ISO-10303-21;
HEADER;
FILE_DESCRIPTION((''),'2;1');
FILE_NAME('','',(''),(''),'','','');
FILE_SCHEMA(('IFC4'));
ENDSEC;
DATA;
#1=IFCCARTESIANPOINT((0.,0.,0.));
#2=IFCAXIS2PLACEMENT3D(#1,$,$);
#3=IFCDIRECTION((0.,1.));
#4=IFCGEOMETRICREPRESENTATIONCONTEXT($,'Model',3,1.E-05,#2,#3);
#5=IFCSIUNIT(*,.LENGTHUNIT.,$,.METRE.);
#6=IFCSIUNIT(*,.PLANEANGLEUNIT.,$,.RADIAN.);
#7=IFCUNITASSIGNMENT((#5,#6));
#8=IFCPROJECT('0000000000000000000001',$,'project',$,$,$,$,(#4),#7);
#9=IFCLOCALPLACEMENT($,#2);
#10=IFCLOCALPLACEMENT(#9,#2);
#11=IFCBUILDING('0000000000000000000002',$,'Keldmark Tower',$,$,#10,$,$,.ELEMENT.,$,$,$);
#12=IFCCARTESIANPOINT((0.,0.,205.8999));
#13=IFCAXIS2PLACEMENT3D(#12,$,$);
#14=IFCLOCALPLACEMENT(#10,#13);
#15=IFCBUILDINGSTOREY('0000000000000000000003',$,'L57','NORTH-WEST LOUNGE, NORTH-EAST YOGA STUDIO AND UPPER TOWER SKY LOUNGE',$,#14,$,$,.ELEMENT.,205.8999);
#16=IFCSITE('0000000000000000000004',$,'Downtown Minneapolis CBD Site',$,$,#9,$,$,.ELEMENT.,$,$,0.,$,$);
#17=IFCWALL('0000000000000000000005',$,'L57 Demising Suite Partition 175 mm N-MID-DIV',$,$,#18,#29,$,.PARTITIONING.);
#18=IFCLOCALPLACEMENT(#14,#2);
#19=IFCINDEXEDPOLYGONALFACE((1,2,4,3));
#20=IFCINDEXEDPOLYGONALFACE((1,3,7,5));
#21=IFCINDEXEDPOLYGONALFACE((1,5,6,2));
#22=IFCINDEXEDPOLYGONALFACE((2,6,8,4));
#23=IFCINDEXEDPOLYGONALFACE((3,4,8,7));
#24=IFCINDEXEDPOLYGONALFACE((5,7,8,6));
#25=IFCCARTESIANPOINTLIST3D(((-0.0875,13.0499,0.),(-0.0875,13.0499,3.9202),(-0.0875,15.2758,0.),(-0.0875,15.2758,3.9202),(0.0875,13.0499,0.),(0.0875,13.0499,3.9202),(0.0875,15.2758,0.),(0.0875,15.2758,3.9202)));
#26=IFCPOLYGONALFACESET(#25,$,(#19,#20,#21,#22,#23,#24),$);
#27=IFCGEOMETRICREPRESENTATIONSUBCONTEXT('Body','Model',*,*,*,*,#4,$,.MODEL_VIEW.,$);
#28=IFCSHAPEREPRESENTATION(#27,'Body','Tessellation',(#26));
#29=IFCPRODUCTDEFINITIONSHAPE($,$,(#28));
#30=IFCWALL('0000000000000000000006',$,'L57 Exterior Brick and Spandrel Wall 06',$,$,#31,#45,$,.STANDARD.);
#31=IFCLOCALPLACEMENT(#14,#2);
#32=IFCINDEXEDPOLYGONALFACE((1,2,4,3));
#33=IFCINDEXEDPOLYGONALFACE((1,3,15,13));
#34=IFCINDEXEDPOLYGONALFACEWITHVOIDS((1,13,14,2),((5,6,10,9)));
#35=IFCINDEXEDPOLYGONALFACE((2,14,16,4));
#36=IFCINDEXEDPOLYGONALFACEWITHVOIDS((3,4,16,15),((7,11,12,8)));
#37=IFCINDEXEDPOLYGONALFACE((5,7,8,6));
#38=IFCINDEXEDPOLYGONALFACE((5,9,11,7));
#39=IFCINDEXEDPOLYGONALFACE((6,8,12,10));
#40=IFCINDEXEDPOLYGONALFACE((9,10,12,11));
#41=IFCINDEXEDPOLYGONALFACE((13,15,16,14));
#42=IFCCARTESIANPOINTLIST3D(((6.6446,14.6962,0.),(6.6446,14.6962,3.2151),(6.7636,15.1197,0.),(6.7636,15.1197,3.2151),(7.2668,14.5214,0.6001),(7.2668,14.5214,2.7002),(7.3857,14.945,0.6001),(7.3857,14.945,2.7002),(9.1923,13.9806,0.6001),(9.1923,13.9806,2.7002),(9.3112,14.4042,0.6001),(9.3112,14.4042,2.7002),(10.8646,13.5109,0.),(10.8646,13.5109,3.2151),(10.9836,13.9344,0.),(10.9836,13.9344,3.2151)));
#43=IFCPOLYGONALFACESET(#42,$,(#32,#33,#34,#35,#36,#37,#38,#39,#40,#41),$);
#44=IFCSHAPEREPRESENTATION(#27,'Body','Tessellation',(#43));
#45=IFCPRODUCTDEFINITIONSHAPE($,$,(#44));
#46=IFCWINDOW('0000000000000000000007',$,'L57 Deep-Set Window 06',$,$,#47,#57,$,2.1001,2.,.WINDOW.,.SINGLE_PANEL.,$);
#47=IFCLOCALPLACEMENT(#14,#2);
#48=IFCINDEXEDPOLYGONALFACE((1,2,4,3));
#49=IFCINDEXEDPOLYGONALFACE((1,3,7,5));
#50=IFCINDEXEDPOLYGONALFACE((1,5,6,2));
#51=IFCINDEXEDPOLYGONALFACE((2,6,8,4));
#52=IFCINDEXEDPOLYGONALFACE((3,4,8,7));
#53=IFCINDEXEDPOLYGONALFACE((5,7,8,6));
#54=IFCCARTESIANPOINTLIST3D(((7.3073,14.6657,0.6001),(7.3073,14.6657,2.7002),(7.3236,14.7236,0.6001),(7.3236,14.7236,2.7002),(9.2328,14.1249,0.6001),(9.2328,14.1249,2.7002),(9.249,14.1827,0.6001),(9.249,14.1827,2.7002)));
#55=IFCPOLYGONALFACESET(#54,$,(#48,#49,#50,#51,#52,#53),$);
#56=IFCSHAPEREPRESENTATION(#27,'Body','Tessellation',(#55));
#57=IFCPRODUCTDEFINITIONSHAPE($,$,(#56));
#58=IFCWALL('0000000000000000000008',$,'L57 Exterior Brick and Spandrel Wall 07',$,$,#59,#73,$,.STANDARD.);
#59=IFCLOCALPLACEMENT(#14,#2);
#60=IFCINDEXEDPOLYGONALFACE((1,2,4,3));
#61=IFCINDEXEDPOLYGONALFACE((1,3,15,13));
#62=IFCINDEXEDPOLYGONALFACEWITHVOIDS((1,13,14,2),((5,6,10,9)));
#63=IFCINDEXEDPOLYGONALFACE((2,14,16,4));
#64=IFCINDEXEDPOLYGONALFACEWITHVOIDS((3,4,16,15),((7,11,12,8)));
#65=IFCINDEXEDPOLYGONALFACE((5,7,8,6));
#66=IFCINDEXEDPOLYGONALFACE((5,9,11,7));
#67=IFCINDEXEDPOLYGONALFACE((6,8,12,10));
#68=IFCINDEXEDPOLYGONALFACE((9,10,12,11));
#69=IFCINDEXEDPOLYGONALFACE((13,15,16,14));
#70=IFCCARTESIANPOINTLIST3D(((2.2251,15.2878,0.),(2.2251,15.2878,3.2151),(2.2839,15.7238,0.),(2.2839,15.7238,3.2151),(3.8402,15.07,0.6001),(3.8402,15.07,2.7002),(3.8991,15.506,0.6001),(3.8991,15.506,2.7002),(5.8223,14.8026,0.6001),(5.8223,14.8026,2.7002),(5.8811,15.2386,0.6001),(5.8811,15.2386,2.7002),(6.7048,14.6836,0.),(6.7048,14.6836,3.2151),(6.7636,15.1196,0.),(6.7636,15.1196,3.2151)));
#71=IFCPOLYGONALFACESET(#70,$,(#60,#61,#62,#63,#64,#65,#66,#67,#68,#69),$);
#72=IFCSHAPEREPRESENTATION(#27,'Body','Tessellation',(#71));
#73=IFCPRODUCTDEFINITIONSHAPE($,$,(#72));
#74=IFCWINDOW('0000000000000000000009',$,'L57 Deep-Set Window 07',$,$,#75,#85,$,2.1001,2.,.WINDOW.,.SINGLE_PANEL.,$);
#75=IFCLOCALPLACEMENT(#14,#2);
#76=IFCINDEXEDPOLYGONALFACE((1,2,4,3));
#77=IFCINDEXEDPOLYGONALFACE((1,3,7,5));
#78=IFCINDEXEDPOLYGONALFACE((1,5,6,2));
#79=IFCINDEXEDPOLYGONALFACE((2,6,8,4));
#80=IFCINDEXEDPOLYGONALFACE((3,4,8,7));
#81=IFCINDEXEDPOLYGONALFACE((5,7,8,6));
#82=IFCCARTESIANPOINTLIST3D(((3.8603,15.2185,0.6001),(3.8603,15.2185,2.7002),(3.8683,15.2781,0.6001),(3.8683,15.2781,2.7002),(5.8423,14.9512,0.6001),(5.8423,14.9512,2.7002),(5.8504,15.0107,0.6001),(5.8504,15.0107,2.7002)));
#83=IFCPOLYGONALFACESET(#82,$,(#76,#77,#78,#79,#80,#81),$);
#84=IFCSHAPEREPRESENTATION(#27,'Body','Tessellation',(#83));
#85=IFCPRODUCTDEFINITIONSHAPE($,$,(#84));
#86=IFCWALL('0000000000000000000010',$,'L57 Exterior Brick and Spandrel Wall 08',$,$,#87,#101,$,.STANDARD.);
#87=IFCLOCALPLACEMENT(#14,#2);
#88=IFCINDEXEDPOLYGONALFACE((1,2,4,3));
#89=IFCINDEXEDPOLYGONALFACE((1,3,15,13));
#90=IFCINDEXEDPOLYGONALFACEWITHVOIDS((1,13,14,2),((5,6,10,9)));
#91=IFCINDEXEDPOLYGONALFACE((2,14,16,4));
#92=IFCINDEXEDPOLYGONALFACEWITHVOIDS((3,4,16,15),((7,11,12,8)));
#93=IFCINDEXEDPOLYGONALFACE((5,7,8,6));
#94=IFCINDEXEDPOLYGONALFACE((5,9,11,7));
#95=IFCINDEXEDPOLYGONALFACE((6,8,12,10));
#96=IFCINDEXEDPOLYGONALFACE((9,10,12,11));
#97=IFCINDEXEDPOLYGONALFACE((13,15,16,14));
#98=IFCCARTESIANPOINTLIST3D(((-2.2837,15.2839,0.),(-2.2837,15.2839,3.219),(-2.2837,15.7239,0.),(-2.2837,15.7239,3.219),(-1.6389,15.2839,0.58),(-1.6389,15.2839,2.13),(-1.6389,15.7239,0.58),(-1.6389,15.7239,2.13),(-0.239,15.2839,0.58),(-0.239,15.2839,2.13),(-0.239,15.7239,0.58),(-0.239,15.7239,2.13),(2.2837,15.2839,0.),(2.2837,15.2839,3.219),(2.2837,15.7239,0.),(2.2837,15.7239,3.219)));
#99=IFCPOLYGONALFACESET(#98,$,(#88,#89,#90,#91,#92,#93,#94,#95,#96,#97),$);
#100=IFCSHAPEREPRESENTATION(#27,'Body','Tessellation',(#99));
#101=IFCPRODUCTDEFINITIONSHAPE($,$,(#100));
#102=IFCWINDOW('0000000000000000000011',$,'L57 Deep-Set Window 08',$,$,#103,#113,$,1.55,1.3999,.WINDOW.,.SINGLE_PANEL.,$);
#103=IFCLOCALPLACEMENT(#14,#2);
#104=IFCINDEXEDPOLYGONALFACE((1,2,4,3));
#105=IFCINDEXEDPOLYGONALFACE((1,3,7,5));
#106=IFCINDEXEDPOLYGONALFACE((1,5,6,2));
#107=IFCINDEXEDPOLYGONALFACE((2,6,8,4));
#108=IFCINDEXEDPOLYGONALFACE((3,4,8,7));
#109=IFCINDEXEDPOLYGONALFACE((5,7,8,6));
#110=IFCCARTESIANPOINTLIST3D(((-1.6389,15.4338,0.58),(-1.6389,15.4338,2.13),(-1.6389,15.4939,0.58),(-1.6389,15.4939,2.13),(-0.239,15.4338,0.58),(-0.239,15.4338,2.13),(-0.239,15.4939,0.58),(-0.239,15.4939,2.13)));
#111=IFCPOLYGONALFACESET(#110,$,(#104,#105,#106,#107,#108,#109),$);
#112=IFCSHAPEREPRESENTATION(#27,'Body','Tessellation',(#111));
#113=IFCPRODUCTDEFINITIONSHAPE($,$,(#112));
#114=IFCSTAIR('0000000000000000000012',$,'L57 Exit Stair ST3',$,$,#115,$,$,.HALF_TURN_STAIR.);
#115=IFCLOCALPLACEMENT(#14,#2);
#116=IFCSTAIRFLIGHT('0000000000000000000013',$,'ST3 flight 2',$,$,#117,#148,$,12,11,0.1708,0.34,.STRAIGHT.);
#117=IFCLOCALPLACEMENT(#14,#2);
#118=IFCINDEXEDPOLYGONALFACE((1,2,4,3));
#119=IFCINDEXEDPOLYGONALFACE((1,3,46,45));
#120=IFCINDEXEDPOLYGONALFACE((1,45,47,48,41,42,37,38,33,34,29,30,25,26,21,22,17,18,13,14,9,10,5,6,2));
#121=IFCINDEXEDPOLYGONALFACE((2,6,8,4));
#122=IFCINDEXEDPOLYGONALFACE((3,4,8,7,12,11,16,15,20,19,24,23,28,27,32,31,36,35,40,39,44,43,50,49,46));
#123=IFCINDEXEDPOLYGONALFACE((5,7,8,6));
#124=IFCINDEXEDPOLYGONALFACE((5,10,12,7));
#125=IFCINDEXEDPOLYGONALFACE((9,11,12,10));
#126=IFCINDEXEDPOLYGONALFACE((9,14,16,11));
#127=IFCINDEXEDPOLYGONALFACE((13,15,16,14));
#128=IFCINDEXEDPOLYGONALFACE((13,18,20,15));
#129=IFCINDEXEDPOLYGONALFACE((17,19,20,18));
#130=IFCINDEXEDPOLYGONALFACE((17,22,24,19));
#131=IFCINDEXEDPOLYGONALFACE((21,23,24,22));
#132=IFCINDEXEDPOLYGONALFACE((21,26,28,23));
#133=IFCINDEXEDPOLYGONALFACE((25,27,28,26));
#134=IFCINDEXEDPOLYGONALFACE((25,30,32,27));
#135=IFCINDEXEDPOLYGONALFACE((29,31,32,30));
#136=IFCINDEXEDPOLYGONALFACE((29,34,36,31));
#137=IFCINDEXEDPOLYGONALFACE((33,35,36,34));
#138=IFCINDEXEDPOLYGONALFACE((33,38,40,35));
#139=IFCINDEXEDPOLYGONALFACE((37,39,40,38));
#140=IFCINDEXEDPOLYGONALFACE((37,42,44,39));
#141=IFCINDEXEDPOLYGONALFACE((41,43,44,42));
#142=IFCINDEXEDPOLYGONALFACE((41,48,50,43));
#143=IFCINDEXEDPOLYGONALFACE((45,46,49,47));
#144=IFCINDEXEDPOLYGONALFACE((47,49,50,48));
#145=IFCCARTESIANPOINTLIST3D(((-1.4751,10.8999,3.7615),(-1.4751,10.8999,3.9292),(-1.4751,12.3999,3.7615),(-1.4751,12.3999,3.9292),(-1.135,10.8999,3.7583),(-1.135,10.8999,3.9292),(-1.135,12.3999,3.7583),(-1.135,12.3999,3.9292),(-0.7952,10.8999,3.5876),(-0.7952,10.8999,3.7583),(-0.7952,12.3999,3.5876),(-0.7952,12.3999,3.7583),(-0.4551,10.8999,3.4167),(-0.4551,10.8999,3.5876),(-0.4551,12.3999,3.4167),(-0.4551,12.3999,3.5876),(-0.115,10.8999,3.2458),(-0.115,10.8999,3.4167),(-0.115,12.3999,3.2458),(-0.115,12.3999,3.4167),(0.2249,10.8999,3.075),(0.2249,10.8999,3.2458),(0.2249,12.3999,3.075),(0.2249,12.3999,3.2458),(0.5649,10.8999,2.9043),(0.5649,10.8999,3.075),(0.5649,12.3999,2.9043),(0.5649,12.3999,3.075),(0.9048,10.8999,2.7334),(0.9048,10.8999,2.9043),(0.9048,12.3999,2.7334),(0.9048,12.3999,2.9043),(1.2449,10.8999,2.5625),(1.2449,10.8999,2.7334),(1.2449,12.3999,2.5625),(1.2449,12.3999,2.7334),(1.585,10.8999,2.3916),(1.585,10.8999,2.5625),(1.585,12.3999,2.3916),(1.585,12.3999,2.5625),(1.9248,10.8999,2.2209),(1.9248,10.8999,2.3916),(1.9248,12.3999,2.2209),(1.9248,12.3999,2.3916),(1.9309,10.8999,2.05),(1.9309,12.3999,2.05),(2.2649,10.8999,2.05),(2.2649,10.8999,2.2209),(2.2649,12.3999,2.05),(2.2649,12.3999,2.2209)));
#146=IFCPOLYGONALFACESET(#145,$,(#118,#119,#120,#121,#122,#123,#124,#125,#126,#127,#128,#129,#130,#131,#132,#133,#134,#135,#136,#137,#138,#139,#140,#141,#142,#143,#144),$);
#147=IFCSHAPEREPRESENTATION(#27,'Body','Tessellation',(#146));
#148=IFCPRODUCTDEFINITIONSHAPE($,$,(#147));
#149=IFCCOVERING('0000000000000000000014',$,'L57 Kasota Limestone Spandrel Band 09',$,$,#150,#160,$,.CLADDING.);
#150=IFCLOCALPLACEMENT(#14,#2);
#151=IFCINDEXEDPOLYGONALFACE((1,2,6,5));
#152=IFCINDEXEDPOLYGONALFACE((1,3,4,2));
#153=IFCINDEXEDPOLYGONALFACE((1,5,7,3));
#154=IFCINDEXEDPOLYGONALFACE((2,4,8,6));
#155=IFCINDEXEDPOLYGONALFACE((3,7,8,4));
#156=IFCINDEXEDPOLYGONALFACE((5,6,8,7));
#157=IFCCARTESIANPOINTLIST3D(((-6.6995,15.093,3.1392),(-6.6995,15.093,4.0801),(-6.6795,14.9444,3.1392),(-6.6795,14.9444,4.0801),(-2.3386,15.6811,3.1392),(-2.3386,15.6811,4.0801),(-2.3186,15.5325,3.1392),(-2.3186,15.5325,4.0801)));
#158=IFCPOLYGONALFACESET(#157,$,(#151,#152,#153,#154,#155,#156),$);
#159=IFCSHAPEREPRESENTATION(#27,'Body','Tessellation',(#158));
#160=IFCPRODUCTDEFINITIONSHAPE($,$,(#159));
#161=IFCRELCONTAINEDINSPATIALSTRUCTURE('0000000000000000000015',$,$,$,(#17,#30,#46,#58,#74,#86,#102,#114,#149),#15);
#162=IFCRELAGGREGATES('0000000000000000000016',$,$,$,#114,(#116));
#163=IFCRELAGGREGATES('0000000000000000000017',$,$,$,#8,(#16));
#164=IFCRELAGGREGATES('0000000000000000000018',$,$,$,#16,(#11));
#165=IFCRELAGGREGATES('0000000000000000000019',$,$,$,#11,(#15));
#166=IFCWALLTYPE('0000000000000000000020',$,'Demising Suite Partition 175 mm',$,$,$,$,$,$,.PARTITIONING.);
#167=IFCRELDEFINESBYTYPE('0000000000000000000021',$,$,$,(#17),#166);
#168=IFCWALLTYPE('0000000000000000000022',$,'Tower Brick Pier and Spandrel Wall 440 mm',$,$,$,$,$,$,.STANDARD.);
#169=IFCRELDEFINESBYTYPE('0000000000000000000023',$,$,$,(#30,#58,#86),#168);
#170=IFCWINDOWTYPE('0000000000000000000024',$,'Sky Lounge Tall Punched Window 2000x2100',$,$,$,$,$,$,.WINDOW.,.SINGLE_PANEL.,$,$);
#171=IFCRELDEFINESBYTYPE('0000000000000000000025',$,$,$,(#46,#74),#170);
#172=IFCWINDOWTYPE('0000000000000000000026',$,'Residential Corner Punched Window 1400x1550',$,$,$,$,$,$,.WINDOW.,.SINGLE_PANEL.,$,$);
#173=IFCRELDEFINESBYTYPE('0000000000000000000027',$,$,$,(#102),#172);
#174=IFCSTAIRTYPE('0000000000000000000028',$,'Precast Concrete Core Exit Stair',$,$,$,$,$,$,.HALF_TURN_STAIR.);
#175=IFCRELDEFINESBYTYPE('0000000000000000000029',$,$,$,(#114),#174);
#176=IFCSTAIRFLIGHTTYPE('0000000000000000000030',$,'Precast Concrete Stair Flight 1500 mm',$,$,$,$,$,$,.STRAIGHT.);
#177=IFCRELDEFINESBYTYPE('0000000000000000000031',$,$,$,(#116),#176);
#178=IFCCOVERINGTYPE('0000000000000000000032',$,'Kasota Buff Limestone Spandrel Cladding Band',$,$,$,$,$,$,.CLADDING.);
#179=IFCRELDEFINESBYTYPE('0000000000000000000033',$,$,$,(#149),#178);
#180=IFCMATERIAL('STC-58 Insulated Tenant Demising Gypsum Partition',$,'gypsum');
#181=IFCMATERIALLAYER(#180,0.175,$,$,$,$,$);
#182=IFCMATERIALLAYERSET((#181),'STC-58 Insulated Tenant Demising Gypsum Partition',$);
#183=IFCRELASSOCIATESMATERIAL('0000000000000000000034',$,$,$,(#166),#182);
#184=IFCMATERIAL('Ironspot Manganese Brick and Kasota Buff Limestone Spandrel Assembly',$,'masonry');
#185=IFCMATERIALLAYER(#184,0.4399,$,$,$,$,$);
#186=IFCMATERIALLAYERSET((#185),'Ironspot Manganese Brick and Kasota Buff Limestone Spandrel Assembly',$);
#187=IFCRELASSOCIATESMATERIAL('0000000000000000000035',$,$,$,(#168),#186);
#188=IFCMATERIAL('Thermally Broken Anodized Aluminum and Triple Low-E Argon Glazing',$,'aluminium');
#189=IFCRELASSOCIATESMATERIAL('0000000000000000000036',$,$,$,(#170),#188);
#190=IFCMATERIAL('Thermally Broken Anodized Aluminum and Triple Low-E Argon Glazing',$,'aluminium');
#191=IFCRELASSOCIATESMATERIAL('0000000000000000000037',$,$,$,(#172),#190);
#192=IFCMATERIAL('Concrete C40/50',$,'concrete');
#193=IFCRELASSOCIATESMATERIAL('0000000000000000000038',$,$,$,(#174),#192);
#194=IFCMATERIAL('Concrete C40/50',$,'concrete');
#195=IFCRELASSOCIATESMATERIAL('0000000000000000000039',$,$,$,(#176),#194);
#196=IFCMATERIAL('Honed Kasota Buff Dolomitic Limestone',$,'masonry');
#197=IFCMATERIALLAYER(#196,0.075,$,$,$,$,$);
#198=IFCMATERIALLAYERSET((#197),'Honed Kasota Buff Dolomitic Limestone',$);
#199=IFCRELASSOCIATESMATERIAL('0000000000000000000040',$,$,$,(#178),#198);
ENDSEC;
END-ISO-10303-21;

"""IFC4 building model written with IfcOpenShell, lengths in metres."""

from ifc_helpers import new_model, si_unit, direction, frame, frame_2d, origin, origin_2d, place, context, subcontext, project, spatial, polyline, rectangle, outline, extrude, material, layer, layer_set, type_object, element, fill, aggregate, save


model = new_model("IFC4")

# Units and contexts
model_context = context("Model", 3, precision=1e-05, world=origin(), true_north=direction((0.0, 1.0)))
body_context = subcontext(model_context, "Body", "Model", "MODEL_VIEW")
ifc_project = project(units=[si_unit("LENGTHUNIT", "METRE"), si_unit("PLANEANGLEUNIT", "RADIAN")], contexts=[model_context])

# Site, building, storey
site_placement = place(None, origin())
site = spatial("IfcSite", under=ifc_project, at=site_placement, Name="Downtown Minneapolis CBD Site", CompositionType="ELEMENT", RefElevation=0.0)
building_placement = place(site_placement, origin())
building = spatial("IfcBuilding", under=site, at=building_placement, Name="Keldmark Tower", CompositionType="ELEMENT")
storey_placement = place(building_placement, frame((0.0, 0.0, 205.8999)))
storey = spatial("IfcBuildingStorey", under=building, at=storey_placement, Name="L57", Description="NORTH-WEST LOUNGE, NORTH-EAST YOGA STUDIO AND UPPER TOWER SKY LOUNGE", CompositionType="ELEMENT", Elevation=205.8999)

# Wall
ifc_material_1 = material(Name="STC-58 Insulated Tenant Demising Gypsum Partition", Category="gypsum")
ifc_layer_1 = layer(ifc_material_1, 0.175)
ifc_layer_set_1 = layer_set([ifc_layer_1], Name="STC-58 Insulated Tenant Demising Gypsum Partition")
wall_type_1 = type_object("IfcWallType", Name="Demising Suite Partition 175 mm", PredefinedType="PARTITIONING", material=ifc_layer_set_1)
wall_1_placement = place(storey_placement, frame((0.0, 13.05, 0.0), z_axis=(0.0, 0.0, 1.0), x_axis=(0.0, 1.0, 0.0)))
element("IfcWall", 1, at=wall_1_placement, inside=storey, type_object=wall_type_1, Name="L57 Demising Suite Partition 175 mm N-MID-DIV", PredefinedType="PARTITIONING", context=body_context, shape_type="SweptSolid", body=[
    extrude(rectangle(XDim=2.2258, YDim=0.175, at=frame_2d((1.1128, 0.0))), origin(), (0.0, 0.0, 1.0), 3.9202),
])

# Walls, openings, windows
ifc_material_2 = material(Name="Ironspot Manganese Brick and Kasota Buff Limestone Spandrel Assembly", Category="masonry")
ifc_layer_2 = layer(ifc_material_2, 0.4399)
ifc_layer_set_2 = layer_set([ifc_layer_2], Name="Ironspot Manganese Brick and Kasota Buff Limestone Spandrel Assembly")
wall_type_2 = type_object("IfcWallType", Name="Tower Brick Pier and Spandrel Wall 440 mm", PredefinedType="STANDARD", material=ifc_layer_set_2)
wall_2_placement = place(storey_placement, frame((6.7041, 14.908, 0.0), z_axis=(0.0, 0.0, 1.0), x_axis=(0.962744, -0.270415, 0.0)))
wall_2 = element("IfcWall", 2, at=wall_2_placement, inside=storey, type_object=wall_type_2, Name="L57 Exterior Brick and Spandrel Wall 06", PredefinedType="STANDARD", context=body_context, shape_type="SweptSolid", body=[
    extrude(rectangle(XDim=4.3833, YDim=0.4399, at=frame_2d((2.1917, 0.0))), origin(), (0.0, 0.0, 1.0), 3.2151),
])
opening_1_placement = place(wall_2_placement, frame((0.6462, 0.0, 0.6001)))
opening_1 = element("IfcOpeningElement", 3, at=opening_1_placement, cuts=wall_2, PredefinedType="OPENING", context=body_context, shape_type="SweptSolid", body=[
    extrude(rectangle(XDim=2.0, YDim=2.1001, at=frame_2d((1.0, 1.05))), frame((0.0, 0.23, 0.0), z_axis=(0.0, -1.0, 0.0), x_axis=(1.0, 0.0, 0.0)), (0.0, 0.0, 1.0), 0.46),
])
ifc_material_3 = material(Name="Thermally Broken Anodized Aluminum and Triple Low-E Argon Glazing", Category="aluminium")
window_type_1 = type_object("IfcWindowType", Name="Sky Lounge Tall Punched Window 2000x2100", PartitioningType="SINGLE_PANEL", PredefinedType="WINDOW", material=ifc_material_3)
window_1_placement = place(opening_1_placement, origin())
window_1 = element("IfcWindow", 4, at=window_1_placement, inside=storey, type_object=window_type_1, Name="L57 Deep-Set Window 06", OverallHeight=2.1001, OverallWidth=2.0, PartitioningType="SINGLE_PANEL", PredefinedType="WINDOW", context=body_context, shape_type="SweptSolid", body=[
    extrude(rectangle(XDim=2.0, YDim=2.1001, at=frame_2d((1.0, 1.05))), frame((0.0, -0.01, 0.0), z_axis=(0.0, -1.0, 0.0), x_axis=(1.0, 0.0, 0.0)), (0.0, 0.0, 1.0), 0.0601),
])
fill(opening_1, window_1)
wall_3_placement = place(storey_placement, frame((2.2544, 15.5059, 0.0), z_axis=(0.0, 0.0, 1.0), x_axis=(0.991025, -0.133674, 0.0)))
wall_3 = element("IfcWall", 5, at=wall_3_placement, inside=storey, type_object=wall_type_2, Name="L57 Exterior Brick and Spandrel Wall 07", PredefinedType="STANDARD", context=body_context, shape_type="SweptSolid", body=[
    extrude(rectangle(XDim=4.5203, YDim=0.4399, at=frame_2d((2.2603, 0.0))), origin(), (0.0, 0.0, 1.0), 3.2151),
])
opening_2_placement = place(wall_3_placement, frame((1.6299, 0.0, 0.6001)))
opening_2 = element("IfcOpeningElement", 6, at=opening_2_placement, cuts=wall_3, PredefinedType="OPENING", context=body_context, shape_type="SweptSolid", body=[
    extrude(rectangle(XDim=2.0, YDim=2.1001, at=frame_2d((1.0, 1.05))), frame((0.0, 0.23, 0.0), z_axis=(0.0, -1.0, 0.0), x_axis=(1.0, 0.0, 0.0)), (0.0, 0.0, 1.0), 0.46),
])
window_2_placement = place(opening_2_placement, origin())
window_2 = element("IfcWindow", 7, at=window_2_placement, inside=storey, type_object=window_type_1, Name="L57 Deep-Set Window 07", OverallHeight=2.1001, OverallWidth=2.0, PartitioningType="SINGLE_PANEL", PredefinedType="WINDOW", context=body_context, shape_type="SweptSolid", body=[
    extrude(rectangle(XDim=2.0, YDim=2.1001, at=frame_2d((1.0, 1.05))), frame((0.0, -0.01, 0.0), z_axis=(0.0, -1.0, 0.0), x_axis=(1.0, 0.0, 0.0)), (0.0, 0.0, 1.0), 0.0601),
])
fill(opening_2, window_2)
wall_4_placement = place(storey_placement, frame((-2.2837, 15.5039, 0.0), z_axis=(0.0, 0.0, 1.0), x_axis=(1.0, 0.0, 0.0)))
wall_4 = element("IfcWall", 8, at=wall_4_placement, inside=storey, type_object=wall_type_2, Name="L57 Exterior Brick and Spandrel Wall 08", PredefinedType="STANDARD", context=body_context, shape_type="SweptSolid", body=[
    extrude(rectangle(XDim=4.5674, YDim=0.4399, at=frame_2d((2.2837, 0.0))), origin(), (0.0, 0.0, 1.0), 3.219),
])
opening_3_placement = place(wall_4_placement, frame((0.6448, 0.0, 0.5801)))
opening_3 = element("IfcOpeningElement", 9, at=opening_3_placement, cuts=wall_4, PredefinedType="OPENING", context=body_context, shape_type="SweptSolid", body=[
    extrude(rectangle(XDim=1.3999, YDim=1.55, at=frame_2d((0.7, 0.7749))), frame((0.0, 0.23, 0.0), z_axis=(0.0, -1.0, 0.0), x_axis=(1.0, 0.0, 0.0)), (0.0, 0.0, 1.0), 0.46),
])
ifc_material_4 = material(Name="Thermally Broken Anodized Aluminum and Triple Low-E Argon Glazing", Category="aluminium")
window_type_2 = type_object("IfcWindowType", Name="Residential Corner Punched Window 1400x1550", PartitioningType="SINGLE_PANEL", PredefinedType="WINDOW", material=ifc_material_4)
window_3_placement = place(opening_3_placement, origin())
window_3 = element("IfcWindow", 10, at=window_3_placement, inside=storey, type_object=window_type_2, Name="L57 Deep-Set Window 08", OverallHeight=1.55, OverallWidth=1.3999, PartitioningType="SINGLE_PANEL", PredefinedType="WINDOW", context=body_context, shape_type="SweptSolid", body=[
    extrude(rectangle(XDim=1.3999, YDim=1.55, at=frame_2d((0.7, 0.7749))), frame((0.0, -0.01, 0.0), z_axis=(0.0, -1.0, 0.0), x_axis=(1.0, 0.0, 0.0)), (0.0, 0.0, 1.0), 0.0601),
])
fill(opening_3, window_3)

# Stair, stair flight
ifc_material_5 = material(Name="Concrete C40/50", Category="concrete")
stair_type = type_object("IfcStairType", Name="Precast Concrete Core Exit Stair", PredefinedType="HALF_TURN_STAIR", material=ifc_material_5)
stair_placement = place(storey_placement, origin())
stair = element("IfcStair", 11, at=stair_placement, inside=storey, type_object=stair_type, Name="L57 Exit Stair ST3", PredefinedType="HALF_TURN_STAIR")
ifc_material_6 = material(Name="Concrete C40/50", Category="concrete")
stair_flight_type = type_object("IfcStairFlightType", Name="Precast Concrete Stair Flight 1500 mm", PredefinedType="STRAIGHT", material=ifc_material_6)
stair_flight_placement = place(storey_placement, frame((2.2649, 11.6499, 2.05), z_axis=(0.0, 0.0, 1.0), x_axis=(-1.0, 0.0, 0.0)))
stair_flight = element("IfcStairFlight", 12, at=stair_flight_placement, type_object=stair_flight_type, Name="ST3 flight 2", NumberOfRisers=12, NumberOfTreads=11, PredefinedType="STRAIGHT", RiserHeight=0.1708, TreadLength=0.34, context=body_context, shape_type="SweptSolid", body=[
    extrude(outline(polyline([(0.0, 0.0), (0.0, 0.1709), (0.3401, 0.1709), (0.3401, 0.3416), (0.6799, 0.3416), (0.6799, 0.5125), (1.02, 0.5125), (1.02, 0.6833), (1.3601, 0.6833), (1.3601, 0.8542), (1.7, 0.8542), (1.7, 1.0249), (2.04, 1.0249), (2.04, 1.1958), (2.3799, 1.1958), (2.3799, 1.3667), (2.72, 1.3667), (2.72, 1.5376), (3.0601, 1.5376), (3.0601, 1.7083), (3.3999, 1.7083), (3.3999, 1.8792), (3.74, 1.8792), (3.74, 2.05), (3.74, 1.7114), (0.334, 0.0), (0.0, 0.0)])), frame((0.0, 0.75, 0.0), z_axis=(0.0, -1.0, 0.0), x_axis=(1.0, 0.0, 0.0)), (0.0, 0.0, 1.0), 1.5),
])
aggregate(stair, [stair_flight])

# Covering
ifc_material_7 = material(Name="Honed Kasota Buff Dolomitic Limestone", Category="masonry")
ifc_layer_3 = layer(ifc_material_7, 0.075)
ifc_layer_set_3 = layer_set([ifc_layer_3], Name="Honed Kasota Buff Dolomitic Limestone")
covering_type = type_object("IfcCoveringType", Name="Kasota Buff Limestone Spandrel Cladding Band", PredefinedType="CLADDING", material=ifc_layer_set_3)
covering_placement = place(storey_placement, frame((-4.509, 15.3127, 3.1392), z_axis=(0.0, 0.0, 1.0), x_axis=(-0.991028, -0.133658, 0.0)))
element("IfcCovering", 13, at=covering_placement, inside=storey, type_object=covering_type, Name="L57 Kasota Limestone Spandrel Band 09", PredefinedType="CLADDING", context=body_context, shape_type="SweptSolid", body=[
    extrude(rectangle(XDim=4.4004, YDim=0.1499, at=origin_2d()), origin(), (0.0, 0.0, 1.0), 0.9409),
])

save(model, "model.ifc")
